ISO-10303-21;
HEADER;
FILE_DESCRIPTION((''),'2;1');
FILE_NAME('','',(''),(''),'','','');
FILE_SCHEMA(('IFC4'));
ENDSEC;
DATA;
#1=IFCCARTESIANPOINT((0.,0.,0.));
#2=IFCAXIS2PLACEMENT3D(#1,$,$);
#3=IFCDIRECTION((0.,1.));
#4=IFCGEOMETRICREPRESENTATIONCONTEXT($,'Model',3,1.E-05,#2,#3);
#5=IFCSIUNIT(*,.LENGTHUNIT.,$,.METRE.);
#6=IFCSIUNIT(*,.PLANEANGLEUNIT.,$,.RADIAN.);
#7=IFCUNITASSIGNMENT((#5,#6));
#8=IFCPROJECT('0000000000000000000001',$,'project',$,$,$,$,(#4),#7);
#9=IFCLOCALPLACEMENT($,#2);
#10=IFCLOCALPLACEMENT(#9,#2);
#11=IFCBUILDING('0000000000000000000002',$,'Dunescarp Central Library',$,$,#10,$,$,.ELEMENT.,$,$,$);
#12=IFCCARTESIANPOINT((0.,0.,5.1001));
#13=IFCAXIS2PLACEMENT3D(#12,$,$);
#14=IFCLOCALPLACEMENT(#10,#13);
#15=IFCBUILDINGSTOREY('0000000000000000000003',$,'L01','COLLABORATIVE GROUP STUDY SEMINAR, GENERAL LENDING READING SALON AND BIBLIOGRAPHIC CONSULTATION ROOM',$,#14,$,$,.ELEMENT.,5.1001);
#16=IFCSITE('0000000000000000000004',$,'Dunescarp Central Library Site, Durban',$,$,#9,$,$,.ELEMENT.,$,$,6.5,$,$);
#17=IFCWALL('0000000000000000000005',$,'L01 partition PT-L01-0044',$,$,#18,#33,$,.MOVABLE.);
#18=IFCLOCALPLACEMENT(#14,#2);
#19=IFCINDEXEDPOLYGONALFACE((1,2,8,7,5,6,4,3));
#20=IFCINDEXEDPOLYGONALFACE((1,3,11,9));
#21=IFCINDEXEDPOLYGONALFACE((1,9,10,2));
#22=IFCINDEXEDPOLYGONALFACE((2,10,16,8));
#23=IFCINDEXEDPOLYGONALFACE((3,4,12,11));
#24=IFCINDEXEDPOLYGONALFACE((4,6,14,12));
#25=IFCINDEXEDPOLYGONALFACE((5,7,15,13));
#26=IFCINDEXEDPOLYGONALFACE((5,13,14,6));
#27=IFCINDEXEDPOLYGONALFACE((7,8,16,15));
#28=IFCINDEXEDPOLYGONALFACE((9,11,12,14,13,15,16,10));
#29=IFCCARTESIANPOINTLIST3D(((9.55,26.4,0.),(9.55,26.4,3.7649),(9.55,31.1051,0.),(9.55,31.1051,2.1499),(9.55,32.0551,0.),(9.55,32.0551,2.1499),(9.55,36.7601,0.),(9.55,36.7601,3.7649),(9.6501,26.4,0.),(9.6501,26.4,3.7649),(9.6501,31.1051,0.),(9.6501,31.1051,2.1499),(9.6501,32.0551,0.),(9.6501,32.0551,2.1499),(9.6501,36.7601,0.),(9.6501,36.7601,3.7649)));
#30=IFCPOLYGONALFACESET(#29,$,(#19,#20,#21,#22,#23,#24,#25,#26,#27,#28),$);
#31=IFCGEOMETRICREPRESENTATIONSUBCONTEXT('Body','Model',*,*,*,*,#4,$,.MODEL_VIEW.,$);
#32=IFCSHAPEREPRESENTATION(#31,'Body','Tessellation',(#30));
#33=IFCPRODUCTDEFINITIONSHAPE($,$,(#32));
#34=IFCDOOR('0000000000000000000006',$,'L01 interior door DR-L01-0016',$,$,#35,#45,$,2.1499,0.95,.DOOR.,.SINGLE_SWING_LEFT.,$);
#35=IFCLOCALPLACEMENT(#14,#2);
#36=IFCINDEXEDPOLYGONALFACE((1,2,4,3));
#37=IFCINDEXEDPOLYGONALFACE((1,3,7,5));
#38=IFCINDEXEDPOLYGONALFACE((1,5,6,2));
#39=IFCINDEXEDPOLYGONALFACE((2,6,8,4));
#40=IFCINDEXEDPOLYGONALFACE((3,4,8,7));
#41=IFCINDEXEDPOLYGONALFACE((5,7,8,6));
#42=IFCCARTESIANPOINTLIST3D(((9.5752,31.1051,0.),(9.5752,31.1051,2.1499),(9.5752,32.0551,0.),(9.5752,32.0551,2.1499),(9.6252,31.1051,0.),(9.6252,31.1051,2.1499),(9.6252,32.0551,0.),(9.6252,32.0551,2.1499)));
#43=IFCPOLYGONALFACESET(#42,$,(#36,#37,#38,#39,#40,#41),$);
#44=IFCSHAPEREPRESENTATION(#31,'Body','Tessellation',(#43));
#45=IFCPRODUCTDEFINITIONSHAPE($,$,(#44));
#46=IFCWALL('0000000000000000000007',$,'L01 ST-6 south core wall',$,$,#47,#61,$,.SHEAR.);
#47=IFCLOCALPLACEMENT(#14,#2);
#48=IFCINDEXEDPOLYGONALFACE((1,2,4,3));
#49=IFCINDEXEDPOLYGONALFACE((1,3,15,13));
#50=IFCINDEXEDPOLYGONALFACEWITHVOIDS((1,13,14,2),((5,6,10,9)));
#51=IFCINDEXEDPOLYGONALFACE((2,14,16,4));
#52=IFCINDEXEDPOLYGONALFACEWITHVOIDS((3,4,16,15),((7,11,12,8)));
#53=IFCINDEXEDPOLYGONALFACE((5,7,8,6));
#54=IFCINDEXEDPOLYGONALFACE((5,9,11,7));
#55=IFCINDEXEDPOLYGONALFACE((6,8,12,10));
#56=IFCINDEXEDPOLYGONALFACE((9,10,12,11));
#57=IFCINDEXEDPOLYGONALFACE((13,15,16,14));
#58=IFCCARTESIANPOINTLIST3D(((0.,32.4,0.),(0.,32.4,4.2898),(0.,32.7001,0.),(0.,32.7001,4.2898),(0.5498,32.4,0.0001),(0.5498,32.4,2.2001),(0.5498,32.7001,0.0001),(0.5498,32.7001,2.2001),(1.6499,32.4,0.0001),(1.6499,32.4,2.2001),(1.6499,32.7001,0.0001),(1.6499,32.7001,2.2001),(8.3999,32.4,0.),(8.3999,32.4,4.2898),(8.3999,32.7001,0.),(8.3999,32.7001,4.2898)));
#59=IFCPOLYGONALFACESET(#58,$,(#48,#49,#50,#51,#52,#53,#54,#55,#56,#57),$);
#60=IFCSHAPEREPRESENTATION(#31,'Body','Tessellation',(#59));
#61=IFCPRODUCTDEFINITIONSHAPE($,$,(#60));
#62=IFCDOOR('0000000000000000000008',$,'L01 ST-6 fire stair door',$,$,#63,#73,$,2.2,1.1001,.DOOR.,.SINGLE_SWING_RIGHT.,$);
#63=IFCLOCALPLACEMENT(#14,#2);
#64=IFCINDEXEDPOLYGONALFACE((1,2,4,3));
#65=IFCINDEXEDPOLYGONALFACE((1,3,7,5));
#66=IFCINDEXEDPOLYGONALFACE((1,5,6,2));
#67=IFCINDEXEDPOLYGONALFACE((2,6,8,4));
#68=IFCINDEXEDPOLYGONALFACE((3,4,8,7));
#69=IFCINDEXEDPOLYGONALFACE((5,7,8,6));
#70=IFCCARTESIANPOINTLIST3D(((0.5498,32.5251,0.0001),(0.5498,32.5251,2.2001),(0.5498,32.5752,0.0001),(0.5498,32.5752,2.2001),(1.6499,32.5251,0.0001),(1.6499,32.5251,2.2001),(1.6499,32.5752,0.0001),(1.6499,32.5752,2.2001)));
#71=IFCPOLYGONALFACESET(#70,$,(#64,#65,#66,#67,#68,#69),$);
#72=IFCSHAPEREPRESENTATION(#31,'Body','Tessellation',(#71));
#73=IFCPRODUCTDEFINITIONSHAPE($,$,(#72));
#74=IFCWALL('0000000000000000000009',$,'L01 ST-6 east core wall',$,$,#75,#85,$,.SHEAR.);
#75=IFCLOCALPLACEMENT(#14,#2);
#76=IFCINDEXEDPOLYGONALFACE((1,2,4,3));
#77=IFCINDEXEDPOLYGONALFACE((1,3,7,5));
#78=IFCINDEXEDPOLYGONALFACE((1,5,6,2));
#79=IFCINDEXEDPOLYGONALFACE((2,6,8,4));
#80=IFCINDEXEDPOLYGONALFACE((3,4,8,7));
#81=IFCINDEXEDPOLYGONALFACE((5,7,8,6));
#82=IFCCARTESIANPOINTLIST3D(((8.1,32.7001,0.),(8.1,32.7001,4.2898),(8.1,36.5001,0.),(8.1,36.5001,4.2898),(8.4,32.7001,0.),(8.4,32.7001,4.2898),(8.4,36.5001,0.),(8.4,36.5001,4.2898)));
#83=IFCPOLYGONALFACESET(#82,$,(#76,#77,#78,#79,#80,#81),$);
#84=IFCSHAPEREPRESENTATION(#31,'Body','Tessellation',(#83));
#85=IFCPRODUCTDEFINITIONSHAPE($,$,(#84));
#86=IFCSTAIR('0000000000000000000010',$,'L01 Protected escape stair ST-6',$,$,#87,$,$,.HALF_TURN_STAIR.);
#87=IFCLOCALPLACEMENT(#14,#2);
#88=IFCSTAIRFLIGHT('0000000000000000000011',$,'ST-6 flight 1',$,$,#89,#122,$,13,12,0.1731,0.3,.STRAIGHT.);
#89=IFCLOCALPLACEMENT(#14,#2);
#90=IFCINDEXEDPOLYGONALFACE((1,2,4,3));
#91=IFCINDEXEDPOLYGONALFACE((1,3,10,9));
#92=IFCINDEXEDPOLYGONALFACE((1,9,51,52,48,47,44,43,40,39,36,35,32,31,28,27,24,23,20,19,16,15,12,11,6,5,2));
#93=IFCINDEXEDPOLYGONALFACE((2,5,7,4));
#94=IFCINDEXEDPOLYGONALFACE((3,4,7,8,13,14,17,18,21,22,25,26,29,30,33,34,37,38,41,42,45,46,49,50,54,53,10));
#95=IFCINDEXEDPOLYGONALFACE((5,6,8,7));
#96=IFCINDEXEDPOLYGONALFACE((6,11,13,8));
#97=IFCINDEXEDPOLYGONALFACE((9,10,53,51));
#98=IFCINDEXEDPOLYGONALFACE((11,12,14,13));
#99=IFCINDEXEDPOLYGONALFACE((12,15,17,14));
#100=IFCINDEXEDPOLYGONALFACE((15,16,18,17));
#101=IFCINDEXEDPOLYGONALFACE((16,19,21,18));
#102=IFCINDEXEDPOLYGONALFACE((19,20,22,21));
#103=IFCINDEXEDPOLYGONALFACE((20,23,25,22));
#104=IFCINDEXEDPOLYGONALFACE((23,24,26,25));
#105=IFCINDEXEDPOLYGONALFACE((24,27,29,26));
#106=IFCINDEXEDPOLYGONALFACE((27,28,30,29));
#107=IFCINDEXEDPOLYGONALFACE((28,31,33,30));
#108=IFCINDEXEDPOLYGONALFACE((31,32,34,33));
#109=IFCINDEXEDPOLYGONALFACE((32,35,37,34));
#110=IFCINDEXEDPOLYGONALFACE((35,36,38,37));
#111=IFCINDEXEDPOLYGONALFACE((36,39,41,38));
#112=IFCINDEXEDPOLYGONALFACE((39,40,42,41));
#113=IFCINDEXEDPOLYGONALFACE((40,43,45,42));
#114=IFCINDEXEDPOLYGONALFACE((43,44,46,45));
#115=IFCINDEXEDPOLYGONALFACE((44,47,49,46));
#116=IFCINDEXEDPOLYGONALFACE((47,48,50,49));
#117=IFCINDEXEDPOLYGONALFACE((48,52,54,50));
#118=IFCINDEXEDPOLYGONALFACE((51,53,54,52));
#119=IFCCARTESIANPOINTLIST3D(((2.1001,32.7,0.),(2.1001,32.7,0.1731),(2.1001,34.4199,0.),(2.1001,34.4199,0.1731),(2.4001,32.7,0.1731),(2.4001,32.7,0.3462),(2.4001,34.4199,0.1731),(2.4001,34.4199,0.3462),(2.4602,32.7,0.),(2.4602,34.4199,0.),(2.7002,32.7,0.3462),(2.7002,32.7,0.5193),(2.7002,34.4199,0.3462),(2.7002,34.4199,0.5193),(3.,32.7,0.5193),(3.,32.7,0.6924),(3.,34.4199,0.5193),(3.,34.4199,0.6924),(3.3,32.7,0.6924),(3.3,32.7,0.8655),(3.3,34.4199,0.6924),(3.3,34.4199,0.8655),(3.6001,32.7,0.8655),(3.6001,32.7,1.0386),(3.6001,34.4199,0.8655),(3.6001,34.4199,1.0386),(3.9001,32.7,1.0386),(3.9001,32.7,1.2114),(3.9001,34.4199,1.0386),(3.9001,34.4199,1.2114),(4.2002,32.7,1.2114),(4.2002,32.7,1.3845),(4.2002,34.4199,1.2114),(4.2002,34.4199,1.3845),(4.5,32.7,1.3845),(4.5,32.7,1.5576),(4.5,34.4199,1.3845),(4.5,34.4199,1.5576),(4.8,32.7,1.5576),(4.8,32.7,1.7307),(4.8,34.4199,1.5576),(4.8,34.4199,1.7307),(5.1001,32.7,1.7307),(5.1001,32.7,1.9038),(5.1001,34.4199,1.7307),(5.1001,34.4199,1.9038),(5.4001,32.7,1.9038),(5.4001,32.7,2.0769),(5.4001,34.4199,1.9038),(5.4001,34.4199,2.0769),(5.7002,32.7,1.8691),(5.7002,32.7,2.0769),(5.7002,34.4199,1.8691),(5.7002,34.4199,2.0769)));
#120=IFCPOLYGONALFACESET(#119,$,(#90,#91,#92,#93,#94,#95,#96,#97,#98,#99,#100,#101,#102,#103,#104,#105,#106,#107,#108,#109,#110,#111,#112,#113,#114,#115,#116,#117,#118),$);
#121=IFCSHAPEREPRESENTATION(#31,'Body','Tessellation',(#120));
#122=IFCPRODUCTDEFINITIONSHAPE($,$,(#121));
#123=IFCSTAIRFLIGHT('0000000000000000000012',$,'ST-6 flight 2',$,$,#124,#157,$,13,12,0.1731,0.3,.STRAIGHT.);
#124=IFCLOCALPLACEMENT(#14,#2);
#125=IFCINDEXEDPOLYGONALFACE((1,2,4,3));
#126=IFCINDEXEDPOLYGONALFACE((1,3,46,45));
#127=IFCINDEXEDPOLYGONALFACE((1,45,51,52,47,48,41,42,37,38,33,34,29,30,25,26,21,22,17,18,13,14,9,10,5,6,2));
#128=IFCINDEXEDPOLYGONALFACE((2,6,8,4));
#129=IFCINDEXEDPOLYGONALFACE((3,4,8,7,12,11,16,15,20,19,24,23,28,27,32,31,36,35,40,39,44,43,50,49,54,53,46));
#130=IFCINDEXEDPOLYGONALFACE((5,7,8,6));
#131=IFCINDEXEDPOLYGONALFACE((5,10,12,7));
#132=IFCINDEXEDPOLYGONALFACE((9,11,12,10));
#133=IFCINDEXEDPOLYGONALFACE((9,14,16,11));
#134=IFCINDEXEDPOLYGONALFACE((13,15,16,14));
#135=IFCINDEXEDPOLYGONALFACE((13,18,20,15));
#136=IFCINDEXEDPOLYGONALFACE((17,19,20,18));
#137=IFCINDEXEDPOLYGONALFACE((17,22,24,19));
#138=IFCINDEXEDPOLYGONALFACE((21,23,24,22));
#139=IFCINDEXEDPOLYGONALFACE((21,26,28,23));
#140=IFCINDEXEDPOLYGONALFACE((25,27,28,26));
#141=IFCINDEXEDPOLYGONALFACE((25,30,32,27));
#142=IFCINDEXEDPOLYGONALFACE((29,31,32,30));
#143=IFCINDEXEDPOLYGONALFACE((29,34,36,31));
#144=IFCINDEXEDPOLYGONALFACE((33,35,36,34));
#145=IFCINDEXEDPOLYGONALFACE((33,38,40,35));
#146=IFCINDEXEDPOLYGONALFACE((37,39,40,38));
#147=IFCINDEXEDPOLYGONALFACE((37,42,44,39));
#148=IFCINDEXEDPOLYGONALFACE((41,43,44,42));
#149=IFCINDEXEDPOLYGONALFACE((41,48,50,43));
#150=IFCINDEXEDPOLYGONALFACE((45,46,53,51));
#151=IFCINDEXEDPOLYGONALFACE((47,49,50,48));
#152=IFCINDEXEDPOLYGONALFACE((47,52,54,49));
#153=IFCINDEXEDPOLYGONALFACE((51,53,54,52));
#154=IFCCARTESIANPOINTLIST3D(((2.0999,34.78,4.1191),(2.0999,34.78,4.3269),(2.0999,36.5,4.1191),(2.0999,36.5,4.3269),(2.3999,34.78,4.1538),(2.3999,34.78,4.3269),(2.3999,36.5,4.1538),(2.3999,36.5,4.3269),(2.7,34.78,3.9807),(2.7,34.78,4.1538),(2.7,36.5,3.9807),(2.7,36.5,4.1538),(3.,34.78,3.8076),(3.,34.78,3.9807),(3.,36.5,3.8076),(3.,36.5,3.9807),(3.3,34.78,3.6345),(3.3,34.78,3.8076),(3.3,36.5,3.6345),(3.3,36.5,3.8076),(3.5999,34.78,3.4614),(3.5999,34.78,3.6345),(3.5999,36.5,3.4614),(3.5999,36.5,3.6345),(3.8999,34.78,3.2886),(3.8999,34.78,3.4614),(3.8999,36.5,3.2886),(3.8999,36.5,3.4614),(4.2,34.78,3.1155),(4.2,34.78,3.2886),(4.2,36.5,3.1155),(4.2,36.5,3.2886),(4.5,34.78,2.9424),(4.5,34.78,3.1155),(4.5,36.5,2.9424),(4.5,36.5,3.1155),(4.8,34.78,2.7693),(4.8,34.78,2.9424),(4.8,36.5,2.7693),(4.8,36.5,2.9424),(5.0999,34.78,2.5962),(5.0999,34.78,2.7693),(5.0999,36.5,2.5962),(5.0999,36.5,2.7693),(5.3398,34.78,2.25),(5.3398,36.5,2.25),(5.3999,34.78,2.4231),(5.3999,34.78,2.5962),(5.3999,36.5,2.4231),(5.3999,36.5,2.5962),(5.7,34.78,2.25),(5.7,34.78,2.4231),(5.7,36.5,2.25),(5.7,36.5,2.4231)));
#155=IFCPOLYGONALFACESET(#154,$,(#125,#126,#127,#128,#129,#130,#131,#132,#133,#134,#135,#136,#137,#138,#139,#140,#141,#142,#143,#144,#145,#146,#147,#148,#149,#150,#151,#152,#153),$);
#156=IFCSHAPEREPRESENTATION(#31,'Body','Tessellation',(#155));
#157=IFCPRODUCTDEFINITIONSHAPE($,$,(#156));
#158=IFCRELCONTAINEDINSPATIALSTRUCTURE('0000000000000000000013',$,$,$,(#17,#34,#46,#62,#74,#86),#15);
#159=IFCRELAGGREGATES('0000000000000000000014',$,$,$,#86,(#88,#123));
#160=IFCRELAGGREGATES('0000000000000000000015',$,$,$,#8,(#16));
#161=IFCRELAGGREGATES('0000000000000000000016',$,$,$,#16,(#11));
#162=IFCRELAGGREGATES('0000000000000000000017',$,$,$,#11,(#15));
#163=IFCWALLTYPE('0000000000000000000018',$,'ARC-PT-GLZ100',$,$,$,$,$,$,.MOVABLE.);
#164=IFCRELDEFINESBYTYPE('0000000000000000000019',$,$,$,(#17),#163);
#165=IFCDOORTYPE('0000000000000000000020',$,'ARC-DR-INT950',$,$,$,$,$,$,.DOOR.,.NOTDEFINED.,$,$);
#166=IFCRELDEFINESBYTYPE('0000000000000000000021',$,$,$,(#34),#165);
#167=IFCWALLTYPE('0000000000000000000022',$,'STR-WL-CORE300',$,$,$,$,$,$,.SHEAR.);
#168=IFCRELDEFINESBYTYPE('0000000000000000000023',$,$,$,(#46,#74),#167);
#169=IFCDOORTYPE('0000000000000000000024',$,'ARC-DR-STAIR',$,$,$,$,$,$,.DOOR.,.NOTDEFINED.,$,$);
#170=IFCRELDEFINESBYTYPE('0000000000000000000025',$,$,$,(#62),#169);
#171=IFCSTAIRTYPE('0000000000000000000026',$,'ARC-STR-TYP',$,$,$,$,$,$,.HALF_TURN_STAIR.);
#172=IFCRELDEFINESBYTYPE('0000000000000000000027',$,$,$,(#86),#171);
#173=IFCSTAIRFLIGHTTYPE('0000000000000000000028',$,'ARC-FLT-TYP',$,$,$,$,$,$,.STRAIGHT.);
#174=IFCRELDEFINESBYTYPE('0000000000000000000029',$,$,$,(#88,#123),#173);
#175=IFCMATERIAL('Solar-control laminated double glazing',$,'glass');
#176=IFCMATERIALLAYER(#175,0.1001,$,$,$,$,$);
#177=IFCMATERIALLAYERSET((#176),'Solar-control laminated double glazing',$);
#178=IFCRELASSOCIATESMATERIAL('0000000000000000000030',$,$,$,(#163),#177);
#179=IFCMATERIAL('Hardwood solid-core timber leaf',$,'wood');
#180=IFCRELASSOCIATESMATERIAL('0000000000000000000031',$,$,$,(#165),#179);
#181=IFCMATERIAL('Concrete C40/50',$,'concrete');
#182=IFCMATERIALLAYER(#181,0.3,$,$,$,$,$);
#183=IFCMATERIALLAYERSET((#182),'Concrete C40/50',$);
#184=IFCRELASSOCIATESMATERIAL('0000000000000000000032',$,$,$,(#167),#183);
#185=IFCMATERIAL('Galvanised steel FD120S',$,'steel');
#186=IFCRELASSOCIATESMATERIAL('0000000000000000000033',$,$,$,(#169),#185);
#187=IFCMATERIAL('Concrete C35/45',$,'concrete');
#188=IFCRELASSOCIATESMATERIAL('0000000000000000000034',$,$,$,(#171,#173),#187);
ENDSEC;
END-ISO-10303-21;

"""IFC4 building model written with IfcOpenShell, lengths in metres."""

from ifc_helpers import new_model, si_unit, direction, frame, frame_2d, origin, place, context, subcontext, project, spatial, polyline, rectangle, outline, extrude, material, layer, layer_set, type_object, element, fill, aggregate, save


model = new_model("IFC4")

# Units and contexts
model_context = context("Model", 3, precision=1e-05, world=origin(), true_north=direction((0.0, 1.0)))
body_context = subcontext(model_context, "Body", "Model", "MODEL_VIEW")
ifc_project = project(units=[si_unit("LENGTHUNIT", "METRE"), si_unit("PLANEANGLEUNIT", "RADIAN")], contexts=[model_context])

# Site, building, storey
site_placement = place(None, origin())
site = spatial("IfcSite", under=ifc_project, at=site_placement, Name="Dunescarp Central Library Site, Durban", CompositionType="ELEMENT", RefElevation=6.5)
building_placement = place(site_placement, origin())
building = spatial("IfcBuilding", under=site, at=building_placement, Name="Dunescarp Central Library", CompositionType="ELEMENT")
storey_placement = place(building_placement, frame((0.0, 0.0, 5.1001)))
storey = spatial("IfcBuildingStorey", under=building, at=storey_placement, Name="L01", Description="COLLABORATIVE GROUP STUDY SEMINAR, GENERAL LENDING READING SALON AND BIBLIOGRAPHIC CONSULTATION ROOM", CompositionType="ELEMENT", Elevation=5.1001)

# Shared definitions
ifc_material_1 = material(Name="Solar-control laminated double glazing", Category="glass")
ifc_layer_1 = layer(ifc_material_1, 0.1001)
ifc_layer_set_1 = layer_set([ifc_layer_1], Name="Solar-control laminated double glazing")
wall_type_1 = type_object("IfcWallType", Name="ARC-PT-GLZ100", PredefinedType="MOVABLE", material=ifc_layer_set_1)

# Walls, openings, doors
wall_1_placement = place(storey_placement, frame((9.6001, 26.3999, 0.0), z_axis=(0.0, 0.0, 1.0), x_axis=(0.0, 1.0, 0.0)))
wall_1 = element("IfcWall", 1, at=wall_1_placement, inside=storey, type_object=wall_type_1, Name="L01 partition PT-L01-0044", PredefinedType="MOVABLE", context=body_context, shape_type="SweptSolid", body=[
    extrude(rectangle(XDim=10.3601, YDim=0.1001, at=frame_2d((5.1802, 0.0))), origin(), (0.0, 0.0, 1.0), 3.7649),
])
opening_1_placement = place(wall_1_placement, frame((4.7051, 0.0, 0.0)))
opening_1 = element("IfcOpeningElement", 2, at=opening_1_placement, cuts=wall_1, PredefinedType="OPENING", context=body_context, shape_type="SweptSolid", body=[
    extrude(rectangle(XDim=0.95, YDim=2.1499, at=frame_2d((0.4751, 1.075))), frame((0.0, 0.0601, 0.0), z_axis=(0.0, -1.0, 0.0), x_axis=(1.0, 0.0, 0.0)), (0.0, 0.0, 1.0), 0.1201),
])
ifc_material_2 = material(Name="Hardwood solid-core timber leaf", Category="wood")
door_type_1 = type_object("IfcDoorType", Name="ARC-DR-INT950", OperationType="NOTDEFINED", PredefinedType="DOOR", material=ifc_material_2)
door_1_placement = place(opening_1_placement, origin())
door_1 = element("IfcDoor", 3, at=door_1_placement, inside=storey, type_object=door_type_1, Name="L01 interior door DR-L01-0016", OperationType="SINGLE_SWING_LEFT", OverallHeight=2.1499, OverallWidth=0.95, PredefinedType="DOOR", context=body_context, shape_type="SweptSolid", body=[
    extrude(rectangle(XDim=0.95, YDim=2.1499, at=frame_2d((0.4751, 1.075))), frame((0.0, 0.0249, 0.0), z_axis=(0.0, -1.0, 0.0), x_axis=(1.0, 0.0, 0.0)), (0.0, 0.0, 1.0), 0.05),
])
fill(opening_1, door_1)
ifc_material_3 = material(Name="Concrete C40/50", Category="concrete")
ifc_layer_2 = layer(ifc_material_3, 0.3)
ifc_layer_set_2 = layer_set([ifc_layer_2], Name="Concrete C40/50")
wall_type_2 = type_object("IfcWallType", Name="STR-WL-CORE300", PredefinedType="SHEAR", material=ifc_layer_set_2)
wall_2_placement = place(storey_placement, frame((8.3999, 32.55, 0.0), z_axis=(0.0, 0.0, 1.0), x_axis=(-1.0, 0.0, 0.0)))
wall_2 = element("IfcWall", 4, at=wall_2_placement, inside=storey, type_object=wall_type_2, Name="L01 ST-6 south core wall", PredefinedType="SHEAR", context=body_context, shape_type="SweptSolid", body=[
    extrude(rectangle(XDim=8.3999, YDim=0.3, at=frame_2d((4.2, 0.0))), origin(), (0.0, 0.0, 1.0), 4.2898),
])
opening_2_placement = place(wall_2_placement, frame((6.75, 0.0, 0.0)))
opening_2 = element("IfcOpeningElement", 5, at=opening_2_placement, cuts=wall_2, PredefinedType="OPENING", context=body_context, shape_type="SweptSolid", body=[
    extrude(rectangle(XDim=1.1001, YDim=2.2, at=frame_2d((0.55, 1.1001))), frame((0.0, 0.1602, 0.0), z_axis=(0.0, -1.0, 0.0), x_axis=(1.0, 0.0, 0.0)), (0.0, 0.0, 1.0), 0.3201),
])
ifc_material_4 = material(Name="Galvanised steel FD120S", Category="steel")
door_type_2 = type_object("IfcDoorType", Name="ARC-DR-STAIR", OperationType="NOTDEFINED", PredefinedType="DOOR", material=ifc_material_4)
door_2_placement = place(opening_2_placement, origin())
door_2 = element("IfcDoor", 6, at=door_2_placement, inside=storey, type_object=door_type_2, Name="L01 ST-6 fire stair door", OperationType="SINGLE_SWING_RIGHT", OverallHeight=2.2, OverallWidth=1.1001, PredefinedType="DOOR", context=body_context, shape_type="SweptSolid", body=[
    extrude(rectangle(XDim=1.1001, YDim=2.2, at=frame_2d((0.55, 1.1001))), frame((0.0, 0.0249, 0.0), z_axis=(0.0, -1.0, 0.0), x_axis=(1.0, 0.0, 0.0)), (0.0, 0.0, 1.0), 0.05),
])
fill(opening_2, door_2)

# Wall
wall_3_placement = place(storey_placement, frame((8.25, 36.5, 0.0), z_axis=(0.0, 0.0, 1.0), x_axis=(0.0, -1.0, 0.0)))
element("IfcWall", 7, at=wall_3_placement, inside=storey, type_object=wall_type_2, Name="L01 ST-6 east core wall", PredefinedType="SHEAR", context=body_context, shape_type="SweptSolid", body=[
    extrude(rectangle(XDim=3.8, YDim=0.3, at=frame_2d((1.8999, 0.0))), origin(), (0.0, 0.0, 1.0), 4.2898),
])

# Stair, stair flights
ifc_material_5 = material(Name="Concrete C35/45", Category="concrete")
stair_type = type_object("IfcStairType", Name="ARC-STR-TYP", PredefinedType="HALF_TURN_STAIR", material=ifc_material_5)
stair_placement = place(storey_placement, origin())
stair = element("IfcStair", 8, at=stair_placement, inside=storey, type_object=stair_type, Name="L01 Protected escape stair ST-6", PredefinedType="HALF_TURN_STAIR")
stair_flight_type = type_object("IfcStairFlightType", Name="ARC-FLT-TYP", PredefinedType="STRAIGHT", material=ifc_material_5)
stair_flight_1_placement = place(storey_placement, frame((2.1001, 33.5601, 0.0), z_axis=(0.0, 0.0, 1.0), x_axis=(1.0, 0.0, 0.0)))
stair_flight_1 = element("IfcStairFlight", 9, at=stair_flight_1_placement, type_object=stair_flight_type, Name="ST-6 flight 1", NumberOfRisers=13, NumberOfTreads=12, PredefinedType="STRAIGHT", RiserHeight=0.1731, TreadLength=0.3, context=body_context, shape_type="SweptSolid", body=[
    extrude(outline(polyline([(0.0, 0.0), (0.0, 0.1731), (0.3, 0.1731), (0.3, 0.3462), (0.6001, 0.3462), (0.6001, 0.5193), (0.8999, 0.5193), (0.8999, 0.6924), (1.2, 0.6924), (1.2, 0.8655), (1.5, 0.8655), (1.5, 1.0386), (1.8, 1.0386), (1.8, 1.2114), (2.1001, 1.2114), (2.1001, 1.3845), (2.3999, 1.3845), (2.3999, 1.5576), (2.7, 1.5576), (2.7, 1.7307), (3.0, 1.7307), (3.0, 1.9038), (3.3, 1.9038), (3.3, 2.0769), (3.6001, 2.0769), (3.6001, 2.25), (3.6001, 1.8691), (0.3601, 0.0), (0.0, 0.0)])), frame((0.0, 0.8599, 0.0), z_axis=(0.0, -1.0, 0.0), x_axis=(1.0, 0.0, 0.0)), (0.0, 0.0, 1.0), 1.72),
])
stair_flight_2_placement = place(storey_placement, frame((5.7, 35.6399, 2.25), z_axis=(0.0, 0.0, 1.0), x_axis=(-1.0, 0.0, 0.0)))
stair_flight_2 = element("IfcStairFlight", 10, at=stair_flight_2_placement, type_object=stair_flight_type, Name="ST-6 flight 2", NumberOfRisers=13, NumberOfTreads=12, PredefinedType="STRAIGHT", RiserHeight=0.1731, TreadLength=0.3, context=body_context, shape_type="SweptSolid", body=[
    extrude(outline(polyline([(0.0, 0.0), (0.0, 0.1731), (0.3, 0.1731), (0.3, 0.3462), (0.6001, 0.3462), (0.6001, 0.5193), (0.8999, 0.5193), (0.8999, 0.6924), (1.2, 0.6924), (1.2, 0.8655), (1.5, 0.8655), (1.5, 1.0386), (1.8, 1.0386), (1.8, 1.2114), (2.1001, 1.2114), (2.1001, 1.3845), (2.3999, 1.3845), (2.3999, 1.5576), (2.7, 1.5576), (2.7, 1.7307), (3.0, 1.7307), (3.0, 1.9038), (3.3, 1.9038), (3.3, 2.0769), (3.6001, 2.0769), (3.6001, 2.25), (3.6001, 1.8691), (0.3601, 0.0), (0.0, 0.0)])), frame((0.0, 0.8599, 0.0), z_axis=(0.0, -1.0, 0.0), x_axis=(1.0, 0.0, 0.0)), (0.0, 0.0, 1.0), 1.72),
])
aggregate(stair, [stair_flight_1, stair_flight_2])

save(model, "model.ifc")
